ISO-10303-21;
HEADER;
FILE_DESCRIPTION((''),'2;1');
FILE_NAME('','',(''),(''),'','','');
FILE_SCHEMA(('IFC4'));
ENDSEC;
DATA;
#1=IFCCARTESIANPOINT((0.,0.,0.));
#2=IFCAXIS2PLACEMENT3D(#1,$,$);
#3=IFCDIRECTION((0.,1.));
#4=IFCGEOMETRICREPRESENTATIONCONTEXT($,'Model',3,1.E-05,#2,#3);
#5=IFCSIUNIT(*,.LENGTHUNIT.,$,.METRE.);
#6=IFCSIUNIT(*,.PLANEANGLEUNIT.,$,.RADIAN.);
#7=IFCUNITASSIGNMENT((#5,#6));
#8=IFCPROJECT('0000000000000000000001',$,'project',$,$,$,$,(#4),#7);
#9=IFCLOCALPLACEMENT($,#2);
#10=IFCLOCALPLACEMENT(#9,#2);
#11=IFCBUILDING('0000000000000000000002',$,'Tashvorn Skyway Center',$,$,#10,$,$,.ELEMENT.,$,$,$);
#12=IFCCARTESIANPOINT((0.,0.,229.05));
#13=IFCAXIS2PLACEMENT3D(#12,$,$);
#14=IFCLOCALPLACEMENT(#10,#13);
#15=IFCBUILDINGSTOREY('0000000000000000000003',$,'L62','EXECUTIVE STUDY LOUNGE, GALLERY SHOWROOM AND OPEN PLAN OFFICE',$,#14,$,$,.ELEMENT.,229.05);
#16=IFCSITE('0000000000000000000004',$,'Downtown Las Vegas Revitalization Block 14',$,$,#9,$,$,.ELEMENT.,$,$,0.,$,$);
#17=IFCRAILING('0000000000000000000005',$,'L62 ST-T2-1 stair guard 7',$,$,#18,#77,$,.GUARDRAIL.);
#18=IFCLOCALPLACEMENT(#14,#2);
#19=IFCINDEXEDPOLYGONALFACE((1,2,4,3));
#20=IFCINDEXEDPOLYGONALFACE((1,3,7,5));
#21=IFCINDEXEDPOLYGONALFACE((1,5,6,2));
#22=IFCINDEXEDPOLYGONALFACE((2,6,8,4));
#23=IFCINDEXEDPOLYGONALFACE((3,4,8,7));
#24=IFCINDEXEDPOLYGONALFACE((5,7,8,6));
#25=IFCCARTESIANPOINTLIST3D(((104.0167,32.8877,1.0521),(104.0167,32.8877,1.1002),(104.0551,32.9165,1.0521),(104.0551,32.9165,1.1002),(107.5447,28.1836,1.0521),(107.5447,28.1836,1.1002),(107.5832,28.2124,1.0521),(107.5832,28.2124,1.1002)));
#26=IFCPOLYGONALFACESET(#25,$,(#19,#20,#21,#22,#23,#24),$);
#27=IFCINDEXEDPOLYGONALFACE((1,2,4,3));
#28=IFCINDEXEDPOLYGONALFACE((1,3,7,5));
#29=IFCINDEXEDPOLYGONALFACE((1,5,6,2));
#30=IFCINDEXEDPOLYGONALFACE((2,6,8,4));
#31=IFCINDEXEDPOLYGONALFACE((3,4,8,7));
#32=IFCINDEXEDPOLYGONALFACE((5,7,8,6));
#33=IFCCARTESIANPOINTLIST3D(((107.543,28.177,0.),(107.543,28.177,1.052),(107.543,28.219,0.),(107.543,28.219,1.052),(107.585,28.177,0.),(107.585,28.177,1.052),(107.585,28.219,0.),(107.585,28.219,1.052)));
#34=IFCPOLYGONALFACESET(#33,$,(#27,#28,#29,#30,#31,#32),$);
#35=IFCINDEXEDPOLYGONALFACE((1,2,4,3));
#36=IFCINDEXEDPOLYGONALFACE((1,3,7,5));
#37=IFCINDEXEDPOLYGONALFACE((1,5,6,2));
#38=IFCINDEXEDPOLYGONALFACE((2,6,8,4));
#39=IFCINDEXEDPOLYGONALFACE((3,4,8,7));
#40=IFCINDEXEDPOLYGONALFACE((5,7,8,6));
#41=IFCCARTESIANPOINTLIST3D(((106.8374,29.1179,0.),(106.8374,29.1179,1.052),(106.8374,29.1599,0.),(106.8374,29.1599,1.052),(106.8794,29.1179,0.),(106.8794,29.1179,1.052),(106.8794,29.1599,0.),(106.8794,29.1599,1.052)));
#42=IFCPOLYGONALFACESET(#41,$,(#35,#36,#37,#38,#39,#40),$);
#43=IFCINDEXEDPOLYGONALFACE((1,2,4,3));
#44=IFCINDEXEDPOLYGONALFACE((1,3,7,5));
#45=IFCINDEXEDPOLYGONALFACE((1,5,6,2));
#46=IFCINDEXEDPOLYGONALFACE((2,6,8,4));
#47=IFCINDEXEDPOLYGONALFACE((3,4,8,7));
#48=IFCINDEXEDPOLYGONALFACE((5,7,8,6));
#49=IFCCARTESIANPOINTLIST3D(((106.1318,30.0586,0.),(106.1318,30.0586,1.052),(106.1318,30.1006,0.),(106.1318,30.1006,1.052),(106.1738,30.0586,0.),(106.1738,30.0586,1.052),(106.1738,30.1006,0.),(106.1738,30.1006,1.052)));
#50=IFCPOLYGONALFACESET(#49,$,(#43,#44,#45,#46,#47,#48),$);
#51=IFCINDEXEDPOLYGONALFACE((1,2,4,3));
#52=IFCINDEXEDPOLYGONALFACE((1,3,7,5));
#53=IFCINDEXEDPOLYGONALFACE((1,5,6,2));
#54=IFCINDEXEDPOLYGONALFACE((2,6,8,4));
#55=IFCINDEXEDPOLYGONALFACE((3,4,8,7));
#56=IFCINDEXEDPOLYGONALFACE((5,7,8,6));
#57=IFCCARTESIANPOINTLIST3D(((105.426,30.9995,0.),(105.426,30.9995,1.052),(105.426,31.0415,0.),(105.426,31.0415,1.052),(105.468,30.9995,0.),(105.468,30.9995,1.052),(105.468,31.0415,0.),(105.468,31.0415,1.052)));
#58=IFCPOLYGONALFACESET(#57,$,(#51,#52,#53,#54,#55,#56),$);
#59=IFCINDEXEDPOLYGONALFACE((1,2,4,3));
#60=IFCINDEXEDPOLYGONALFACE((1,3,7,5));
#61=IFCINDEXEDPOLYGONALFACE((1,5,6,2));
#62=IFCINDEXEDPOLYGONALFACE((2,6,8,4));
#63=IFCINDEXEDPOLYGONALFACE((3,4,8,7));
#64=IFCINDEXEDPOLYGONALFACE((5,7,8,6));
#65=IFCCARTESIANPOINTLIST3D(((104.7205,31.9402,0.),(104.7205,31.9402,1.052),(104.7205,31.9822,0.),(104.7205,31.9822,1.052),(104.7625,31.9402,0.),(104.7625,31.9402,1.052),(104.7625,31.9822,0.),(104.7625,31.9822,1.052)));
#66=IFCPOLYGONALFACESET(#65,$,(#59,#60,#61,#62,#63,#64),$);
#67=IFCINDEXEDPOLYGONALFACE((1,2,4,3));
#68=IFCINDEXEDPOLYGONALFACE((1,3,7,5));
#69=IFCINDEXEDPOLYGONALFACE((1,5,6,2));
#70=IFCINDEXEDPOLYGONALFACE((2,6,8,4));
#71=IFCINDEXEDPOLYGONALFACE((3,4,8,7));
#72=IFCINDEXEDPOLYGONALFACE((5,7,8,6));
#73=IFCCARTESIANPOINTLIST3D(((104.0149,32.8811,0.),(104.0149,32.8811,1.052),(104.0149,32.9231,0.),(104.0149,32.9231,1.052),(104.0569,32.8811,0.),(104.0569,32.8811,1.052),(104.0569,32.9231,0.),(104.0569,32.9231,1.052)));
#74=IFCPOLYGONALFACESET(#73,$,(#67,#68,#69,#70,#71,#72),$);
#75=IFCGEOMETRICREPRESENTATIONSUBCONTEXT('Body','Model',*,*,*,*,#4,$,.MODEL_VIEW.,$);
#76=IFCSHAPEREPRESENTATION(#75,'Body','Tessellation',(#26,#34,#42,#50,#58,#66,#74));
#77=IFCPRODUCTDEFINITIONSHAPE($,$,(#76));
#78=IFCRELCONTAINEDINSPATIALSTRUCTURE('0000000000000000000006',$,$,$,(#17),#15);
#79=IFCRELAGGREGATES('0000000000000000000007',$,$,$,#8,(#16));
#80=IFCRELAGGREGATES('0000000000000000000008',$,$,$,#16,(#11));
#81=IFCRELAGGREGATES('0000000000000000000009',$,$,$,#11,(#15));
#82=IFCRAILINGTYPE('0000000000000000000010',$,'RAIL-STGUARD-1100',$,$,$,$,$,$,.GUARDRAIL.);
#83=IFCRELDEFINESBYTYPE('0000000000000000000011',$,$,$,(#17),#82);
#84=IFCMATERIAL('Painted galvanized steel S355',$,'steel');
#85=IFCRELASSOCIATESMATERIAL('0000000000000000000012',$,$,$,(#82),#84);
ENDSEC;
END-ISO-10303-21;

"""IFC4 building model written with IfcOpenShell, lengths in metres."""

from ifc_helpers import new_model, si_unit, direction, frame, origin, origin_2d, place, context, subcontext, project, spatial, rectangle, extrude, material, type_object, element, save


model = new_model("IFC4")

# Units and contexts
model_context = context("Model", 3, precision=1e-05, world=origin(), true_north=direction((0.0, 1.0)))
body_context = subcontext(model_context, "Body", "Model", "MODEL_VIEW")
ifc_project = project(units=[si_unit("LENGTHUNIT", "METRE"), si_unit("PLANEANGLEUNIT", "RADIAN")], contexts=[model_context])

# Site, building, storey
site_placement = place(None, origin())
site = spatial("IfcSite", under=ifc_project, at=site_placement, Name="Downtown Las Vegas Revitalization Block 14", CompositionType="ELEMENT", RefElevation=0.0)
building_placement = place(site_placement, origin())
building = spatial("IfcBuilding", under=site, at=building_placement, Name="Tashvorn Skyway Center", CompositionType="ELEMENT")
storey_placement = place(building_placement, frame((0.0, 0.0, 229.05)))
storey = spatial("IfcBuildingStorey", under=building, at=storey_placement, Name="L62", Description="EXECUTIVE STUDY LOUNGE, GALLERY SHOWROOM AND OPEN PLAN OFFICE", CompositionType="ELEMENT", Elevation=229.05)

# Railing
ifc_material_1 = material(Name="Painted galvanized steel S355", Category="steel")
railing_type_1 = type_object("IfcRailingType", Name="RAIL-STGUARD-1100", PredefinedType="GUARDRAIL", material=ifc_material_1)
railing_1_placement = place(storey_placement, frame((107.564, 28.198, 0.0)))
element("IfcRailing", 1, at=railing_1_placement, inside=storey, type_object=railing_type_1, Name="L62 ST-T2-1 stair guard 7", PredefinedType="GUARDRAIL", context=body_context, shape_type="SweptSolid", body=[
    extrude(rectangle(XDim=0.0481, YDim=0.0481, at=origin_2d()), frame((0.0, 0.0, 1.0762), z_axis=(-0.6, 0.8, 0.0), x_axis=(-0.8, -0.6, 0.0)), (0.0, 0.0, 1.0), 5.8801),
    extrude(rectangle(XDim=0.042, YDim=0.042, at=origin_2d()), origin(), (0.0, 0.0, 1.0), 1.052),
    extrude(rectangle(XDim=0.042, YDim=0.042, at=origin_2d()), frame((-0.7056, 0.9409, 0.0)), (0.0, 0.0, 1.0), 1.052),
    extrude(rectangle(XDim=0.042, YDim=0.042, at=origin_2d()), frame((-1.4111, 1.8816, 0.0)), (0.0, 0.0, 1.0), 1.052),
    extrude(rectangle(XDim=0.042, YDim=0.042, at=origin_2d()), frame((-2.1169, 2.8225, 0.0)), (0.0, 0.0, 1.0), 1.052),
    extrude(rectangle(XDim=0.042, YDim=0.042, at=origin_2d()), frame((-2.8225, 3.7632, 0.0)), (0.0, 0.0, 1.0), 1.052),
    extrude(rectangle(XDim=0.042, YDim=0.042, at=origin_2d()), frame((-3.5281, 4.7041, 0.0)), (0.0, 0.0, 1.0), 1.052),
])

save(model, "model.ifc")
